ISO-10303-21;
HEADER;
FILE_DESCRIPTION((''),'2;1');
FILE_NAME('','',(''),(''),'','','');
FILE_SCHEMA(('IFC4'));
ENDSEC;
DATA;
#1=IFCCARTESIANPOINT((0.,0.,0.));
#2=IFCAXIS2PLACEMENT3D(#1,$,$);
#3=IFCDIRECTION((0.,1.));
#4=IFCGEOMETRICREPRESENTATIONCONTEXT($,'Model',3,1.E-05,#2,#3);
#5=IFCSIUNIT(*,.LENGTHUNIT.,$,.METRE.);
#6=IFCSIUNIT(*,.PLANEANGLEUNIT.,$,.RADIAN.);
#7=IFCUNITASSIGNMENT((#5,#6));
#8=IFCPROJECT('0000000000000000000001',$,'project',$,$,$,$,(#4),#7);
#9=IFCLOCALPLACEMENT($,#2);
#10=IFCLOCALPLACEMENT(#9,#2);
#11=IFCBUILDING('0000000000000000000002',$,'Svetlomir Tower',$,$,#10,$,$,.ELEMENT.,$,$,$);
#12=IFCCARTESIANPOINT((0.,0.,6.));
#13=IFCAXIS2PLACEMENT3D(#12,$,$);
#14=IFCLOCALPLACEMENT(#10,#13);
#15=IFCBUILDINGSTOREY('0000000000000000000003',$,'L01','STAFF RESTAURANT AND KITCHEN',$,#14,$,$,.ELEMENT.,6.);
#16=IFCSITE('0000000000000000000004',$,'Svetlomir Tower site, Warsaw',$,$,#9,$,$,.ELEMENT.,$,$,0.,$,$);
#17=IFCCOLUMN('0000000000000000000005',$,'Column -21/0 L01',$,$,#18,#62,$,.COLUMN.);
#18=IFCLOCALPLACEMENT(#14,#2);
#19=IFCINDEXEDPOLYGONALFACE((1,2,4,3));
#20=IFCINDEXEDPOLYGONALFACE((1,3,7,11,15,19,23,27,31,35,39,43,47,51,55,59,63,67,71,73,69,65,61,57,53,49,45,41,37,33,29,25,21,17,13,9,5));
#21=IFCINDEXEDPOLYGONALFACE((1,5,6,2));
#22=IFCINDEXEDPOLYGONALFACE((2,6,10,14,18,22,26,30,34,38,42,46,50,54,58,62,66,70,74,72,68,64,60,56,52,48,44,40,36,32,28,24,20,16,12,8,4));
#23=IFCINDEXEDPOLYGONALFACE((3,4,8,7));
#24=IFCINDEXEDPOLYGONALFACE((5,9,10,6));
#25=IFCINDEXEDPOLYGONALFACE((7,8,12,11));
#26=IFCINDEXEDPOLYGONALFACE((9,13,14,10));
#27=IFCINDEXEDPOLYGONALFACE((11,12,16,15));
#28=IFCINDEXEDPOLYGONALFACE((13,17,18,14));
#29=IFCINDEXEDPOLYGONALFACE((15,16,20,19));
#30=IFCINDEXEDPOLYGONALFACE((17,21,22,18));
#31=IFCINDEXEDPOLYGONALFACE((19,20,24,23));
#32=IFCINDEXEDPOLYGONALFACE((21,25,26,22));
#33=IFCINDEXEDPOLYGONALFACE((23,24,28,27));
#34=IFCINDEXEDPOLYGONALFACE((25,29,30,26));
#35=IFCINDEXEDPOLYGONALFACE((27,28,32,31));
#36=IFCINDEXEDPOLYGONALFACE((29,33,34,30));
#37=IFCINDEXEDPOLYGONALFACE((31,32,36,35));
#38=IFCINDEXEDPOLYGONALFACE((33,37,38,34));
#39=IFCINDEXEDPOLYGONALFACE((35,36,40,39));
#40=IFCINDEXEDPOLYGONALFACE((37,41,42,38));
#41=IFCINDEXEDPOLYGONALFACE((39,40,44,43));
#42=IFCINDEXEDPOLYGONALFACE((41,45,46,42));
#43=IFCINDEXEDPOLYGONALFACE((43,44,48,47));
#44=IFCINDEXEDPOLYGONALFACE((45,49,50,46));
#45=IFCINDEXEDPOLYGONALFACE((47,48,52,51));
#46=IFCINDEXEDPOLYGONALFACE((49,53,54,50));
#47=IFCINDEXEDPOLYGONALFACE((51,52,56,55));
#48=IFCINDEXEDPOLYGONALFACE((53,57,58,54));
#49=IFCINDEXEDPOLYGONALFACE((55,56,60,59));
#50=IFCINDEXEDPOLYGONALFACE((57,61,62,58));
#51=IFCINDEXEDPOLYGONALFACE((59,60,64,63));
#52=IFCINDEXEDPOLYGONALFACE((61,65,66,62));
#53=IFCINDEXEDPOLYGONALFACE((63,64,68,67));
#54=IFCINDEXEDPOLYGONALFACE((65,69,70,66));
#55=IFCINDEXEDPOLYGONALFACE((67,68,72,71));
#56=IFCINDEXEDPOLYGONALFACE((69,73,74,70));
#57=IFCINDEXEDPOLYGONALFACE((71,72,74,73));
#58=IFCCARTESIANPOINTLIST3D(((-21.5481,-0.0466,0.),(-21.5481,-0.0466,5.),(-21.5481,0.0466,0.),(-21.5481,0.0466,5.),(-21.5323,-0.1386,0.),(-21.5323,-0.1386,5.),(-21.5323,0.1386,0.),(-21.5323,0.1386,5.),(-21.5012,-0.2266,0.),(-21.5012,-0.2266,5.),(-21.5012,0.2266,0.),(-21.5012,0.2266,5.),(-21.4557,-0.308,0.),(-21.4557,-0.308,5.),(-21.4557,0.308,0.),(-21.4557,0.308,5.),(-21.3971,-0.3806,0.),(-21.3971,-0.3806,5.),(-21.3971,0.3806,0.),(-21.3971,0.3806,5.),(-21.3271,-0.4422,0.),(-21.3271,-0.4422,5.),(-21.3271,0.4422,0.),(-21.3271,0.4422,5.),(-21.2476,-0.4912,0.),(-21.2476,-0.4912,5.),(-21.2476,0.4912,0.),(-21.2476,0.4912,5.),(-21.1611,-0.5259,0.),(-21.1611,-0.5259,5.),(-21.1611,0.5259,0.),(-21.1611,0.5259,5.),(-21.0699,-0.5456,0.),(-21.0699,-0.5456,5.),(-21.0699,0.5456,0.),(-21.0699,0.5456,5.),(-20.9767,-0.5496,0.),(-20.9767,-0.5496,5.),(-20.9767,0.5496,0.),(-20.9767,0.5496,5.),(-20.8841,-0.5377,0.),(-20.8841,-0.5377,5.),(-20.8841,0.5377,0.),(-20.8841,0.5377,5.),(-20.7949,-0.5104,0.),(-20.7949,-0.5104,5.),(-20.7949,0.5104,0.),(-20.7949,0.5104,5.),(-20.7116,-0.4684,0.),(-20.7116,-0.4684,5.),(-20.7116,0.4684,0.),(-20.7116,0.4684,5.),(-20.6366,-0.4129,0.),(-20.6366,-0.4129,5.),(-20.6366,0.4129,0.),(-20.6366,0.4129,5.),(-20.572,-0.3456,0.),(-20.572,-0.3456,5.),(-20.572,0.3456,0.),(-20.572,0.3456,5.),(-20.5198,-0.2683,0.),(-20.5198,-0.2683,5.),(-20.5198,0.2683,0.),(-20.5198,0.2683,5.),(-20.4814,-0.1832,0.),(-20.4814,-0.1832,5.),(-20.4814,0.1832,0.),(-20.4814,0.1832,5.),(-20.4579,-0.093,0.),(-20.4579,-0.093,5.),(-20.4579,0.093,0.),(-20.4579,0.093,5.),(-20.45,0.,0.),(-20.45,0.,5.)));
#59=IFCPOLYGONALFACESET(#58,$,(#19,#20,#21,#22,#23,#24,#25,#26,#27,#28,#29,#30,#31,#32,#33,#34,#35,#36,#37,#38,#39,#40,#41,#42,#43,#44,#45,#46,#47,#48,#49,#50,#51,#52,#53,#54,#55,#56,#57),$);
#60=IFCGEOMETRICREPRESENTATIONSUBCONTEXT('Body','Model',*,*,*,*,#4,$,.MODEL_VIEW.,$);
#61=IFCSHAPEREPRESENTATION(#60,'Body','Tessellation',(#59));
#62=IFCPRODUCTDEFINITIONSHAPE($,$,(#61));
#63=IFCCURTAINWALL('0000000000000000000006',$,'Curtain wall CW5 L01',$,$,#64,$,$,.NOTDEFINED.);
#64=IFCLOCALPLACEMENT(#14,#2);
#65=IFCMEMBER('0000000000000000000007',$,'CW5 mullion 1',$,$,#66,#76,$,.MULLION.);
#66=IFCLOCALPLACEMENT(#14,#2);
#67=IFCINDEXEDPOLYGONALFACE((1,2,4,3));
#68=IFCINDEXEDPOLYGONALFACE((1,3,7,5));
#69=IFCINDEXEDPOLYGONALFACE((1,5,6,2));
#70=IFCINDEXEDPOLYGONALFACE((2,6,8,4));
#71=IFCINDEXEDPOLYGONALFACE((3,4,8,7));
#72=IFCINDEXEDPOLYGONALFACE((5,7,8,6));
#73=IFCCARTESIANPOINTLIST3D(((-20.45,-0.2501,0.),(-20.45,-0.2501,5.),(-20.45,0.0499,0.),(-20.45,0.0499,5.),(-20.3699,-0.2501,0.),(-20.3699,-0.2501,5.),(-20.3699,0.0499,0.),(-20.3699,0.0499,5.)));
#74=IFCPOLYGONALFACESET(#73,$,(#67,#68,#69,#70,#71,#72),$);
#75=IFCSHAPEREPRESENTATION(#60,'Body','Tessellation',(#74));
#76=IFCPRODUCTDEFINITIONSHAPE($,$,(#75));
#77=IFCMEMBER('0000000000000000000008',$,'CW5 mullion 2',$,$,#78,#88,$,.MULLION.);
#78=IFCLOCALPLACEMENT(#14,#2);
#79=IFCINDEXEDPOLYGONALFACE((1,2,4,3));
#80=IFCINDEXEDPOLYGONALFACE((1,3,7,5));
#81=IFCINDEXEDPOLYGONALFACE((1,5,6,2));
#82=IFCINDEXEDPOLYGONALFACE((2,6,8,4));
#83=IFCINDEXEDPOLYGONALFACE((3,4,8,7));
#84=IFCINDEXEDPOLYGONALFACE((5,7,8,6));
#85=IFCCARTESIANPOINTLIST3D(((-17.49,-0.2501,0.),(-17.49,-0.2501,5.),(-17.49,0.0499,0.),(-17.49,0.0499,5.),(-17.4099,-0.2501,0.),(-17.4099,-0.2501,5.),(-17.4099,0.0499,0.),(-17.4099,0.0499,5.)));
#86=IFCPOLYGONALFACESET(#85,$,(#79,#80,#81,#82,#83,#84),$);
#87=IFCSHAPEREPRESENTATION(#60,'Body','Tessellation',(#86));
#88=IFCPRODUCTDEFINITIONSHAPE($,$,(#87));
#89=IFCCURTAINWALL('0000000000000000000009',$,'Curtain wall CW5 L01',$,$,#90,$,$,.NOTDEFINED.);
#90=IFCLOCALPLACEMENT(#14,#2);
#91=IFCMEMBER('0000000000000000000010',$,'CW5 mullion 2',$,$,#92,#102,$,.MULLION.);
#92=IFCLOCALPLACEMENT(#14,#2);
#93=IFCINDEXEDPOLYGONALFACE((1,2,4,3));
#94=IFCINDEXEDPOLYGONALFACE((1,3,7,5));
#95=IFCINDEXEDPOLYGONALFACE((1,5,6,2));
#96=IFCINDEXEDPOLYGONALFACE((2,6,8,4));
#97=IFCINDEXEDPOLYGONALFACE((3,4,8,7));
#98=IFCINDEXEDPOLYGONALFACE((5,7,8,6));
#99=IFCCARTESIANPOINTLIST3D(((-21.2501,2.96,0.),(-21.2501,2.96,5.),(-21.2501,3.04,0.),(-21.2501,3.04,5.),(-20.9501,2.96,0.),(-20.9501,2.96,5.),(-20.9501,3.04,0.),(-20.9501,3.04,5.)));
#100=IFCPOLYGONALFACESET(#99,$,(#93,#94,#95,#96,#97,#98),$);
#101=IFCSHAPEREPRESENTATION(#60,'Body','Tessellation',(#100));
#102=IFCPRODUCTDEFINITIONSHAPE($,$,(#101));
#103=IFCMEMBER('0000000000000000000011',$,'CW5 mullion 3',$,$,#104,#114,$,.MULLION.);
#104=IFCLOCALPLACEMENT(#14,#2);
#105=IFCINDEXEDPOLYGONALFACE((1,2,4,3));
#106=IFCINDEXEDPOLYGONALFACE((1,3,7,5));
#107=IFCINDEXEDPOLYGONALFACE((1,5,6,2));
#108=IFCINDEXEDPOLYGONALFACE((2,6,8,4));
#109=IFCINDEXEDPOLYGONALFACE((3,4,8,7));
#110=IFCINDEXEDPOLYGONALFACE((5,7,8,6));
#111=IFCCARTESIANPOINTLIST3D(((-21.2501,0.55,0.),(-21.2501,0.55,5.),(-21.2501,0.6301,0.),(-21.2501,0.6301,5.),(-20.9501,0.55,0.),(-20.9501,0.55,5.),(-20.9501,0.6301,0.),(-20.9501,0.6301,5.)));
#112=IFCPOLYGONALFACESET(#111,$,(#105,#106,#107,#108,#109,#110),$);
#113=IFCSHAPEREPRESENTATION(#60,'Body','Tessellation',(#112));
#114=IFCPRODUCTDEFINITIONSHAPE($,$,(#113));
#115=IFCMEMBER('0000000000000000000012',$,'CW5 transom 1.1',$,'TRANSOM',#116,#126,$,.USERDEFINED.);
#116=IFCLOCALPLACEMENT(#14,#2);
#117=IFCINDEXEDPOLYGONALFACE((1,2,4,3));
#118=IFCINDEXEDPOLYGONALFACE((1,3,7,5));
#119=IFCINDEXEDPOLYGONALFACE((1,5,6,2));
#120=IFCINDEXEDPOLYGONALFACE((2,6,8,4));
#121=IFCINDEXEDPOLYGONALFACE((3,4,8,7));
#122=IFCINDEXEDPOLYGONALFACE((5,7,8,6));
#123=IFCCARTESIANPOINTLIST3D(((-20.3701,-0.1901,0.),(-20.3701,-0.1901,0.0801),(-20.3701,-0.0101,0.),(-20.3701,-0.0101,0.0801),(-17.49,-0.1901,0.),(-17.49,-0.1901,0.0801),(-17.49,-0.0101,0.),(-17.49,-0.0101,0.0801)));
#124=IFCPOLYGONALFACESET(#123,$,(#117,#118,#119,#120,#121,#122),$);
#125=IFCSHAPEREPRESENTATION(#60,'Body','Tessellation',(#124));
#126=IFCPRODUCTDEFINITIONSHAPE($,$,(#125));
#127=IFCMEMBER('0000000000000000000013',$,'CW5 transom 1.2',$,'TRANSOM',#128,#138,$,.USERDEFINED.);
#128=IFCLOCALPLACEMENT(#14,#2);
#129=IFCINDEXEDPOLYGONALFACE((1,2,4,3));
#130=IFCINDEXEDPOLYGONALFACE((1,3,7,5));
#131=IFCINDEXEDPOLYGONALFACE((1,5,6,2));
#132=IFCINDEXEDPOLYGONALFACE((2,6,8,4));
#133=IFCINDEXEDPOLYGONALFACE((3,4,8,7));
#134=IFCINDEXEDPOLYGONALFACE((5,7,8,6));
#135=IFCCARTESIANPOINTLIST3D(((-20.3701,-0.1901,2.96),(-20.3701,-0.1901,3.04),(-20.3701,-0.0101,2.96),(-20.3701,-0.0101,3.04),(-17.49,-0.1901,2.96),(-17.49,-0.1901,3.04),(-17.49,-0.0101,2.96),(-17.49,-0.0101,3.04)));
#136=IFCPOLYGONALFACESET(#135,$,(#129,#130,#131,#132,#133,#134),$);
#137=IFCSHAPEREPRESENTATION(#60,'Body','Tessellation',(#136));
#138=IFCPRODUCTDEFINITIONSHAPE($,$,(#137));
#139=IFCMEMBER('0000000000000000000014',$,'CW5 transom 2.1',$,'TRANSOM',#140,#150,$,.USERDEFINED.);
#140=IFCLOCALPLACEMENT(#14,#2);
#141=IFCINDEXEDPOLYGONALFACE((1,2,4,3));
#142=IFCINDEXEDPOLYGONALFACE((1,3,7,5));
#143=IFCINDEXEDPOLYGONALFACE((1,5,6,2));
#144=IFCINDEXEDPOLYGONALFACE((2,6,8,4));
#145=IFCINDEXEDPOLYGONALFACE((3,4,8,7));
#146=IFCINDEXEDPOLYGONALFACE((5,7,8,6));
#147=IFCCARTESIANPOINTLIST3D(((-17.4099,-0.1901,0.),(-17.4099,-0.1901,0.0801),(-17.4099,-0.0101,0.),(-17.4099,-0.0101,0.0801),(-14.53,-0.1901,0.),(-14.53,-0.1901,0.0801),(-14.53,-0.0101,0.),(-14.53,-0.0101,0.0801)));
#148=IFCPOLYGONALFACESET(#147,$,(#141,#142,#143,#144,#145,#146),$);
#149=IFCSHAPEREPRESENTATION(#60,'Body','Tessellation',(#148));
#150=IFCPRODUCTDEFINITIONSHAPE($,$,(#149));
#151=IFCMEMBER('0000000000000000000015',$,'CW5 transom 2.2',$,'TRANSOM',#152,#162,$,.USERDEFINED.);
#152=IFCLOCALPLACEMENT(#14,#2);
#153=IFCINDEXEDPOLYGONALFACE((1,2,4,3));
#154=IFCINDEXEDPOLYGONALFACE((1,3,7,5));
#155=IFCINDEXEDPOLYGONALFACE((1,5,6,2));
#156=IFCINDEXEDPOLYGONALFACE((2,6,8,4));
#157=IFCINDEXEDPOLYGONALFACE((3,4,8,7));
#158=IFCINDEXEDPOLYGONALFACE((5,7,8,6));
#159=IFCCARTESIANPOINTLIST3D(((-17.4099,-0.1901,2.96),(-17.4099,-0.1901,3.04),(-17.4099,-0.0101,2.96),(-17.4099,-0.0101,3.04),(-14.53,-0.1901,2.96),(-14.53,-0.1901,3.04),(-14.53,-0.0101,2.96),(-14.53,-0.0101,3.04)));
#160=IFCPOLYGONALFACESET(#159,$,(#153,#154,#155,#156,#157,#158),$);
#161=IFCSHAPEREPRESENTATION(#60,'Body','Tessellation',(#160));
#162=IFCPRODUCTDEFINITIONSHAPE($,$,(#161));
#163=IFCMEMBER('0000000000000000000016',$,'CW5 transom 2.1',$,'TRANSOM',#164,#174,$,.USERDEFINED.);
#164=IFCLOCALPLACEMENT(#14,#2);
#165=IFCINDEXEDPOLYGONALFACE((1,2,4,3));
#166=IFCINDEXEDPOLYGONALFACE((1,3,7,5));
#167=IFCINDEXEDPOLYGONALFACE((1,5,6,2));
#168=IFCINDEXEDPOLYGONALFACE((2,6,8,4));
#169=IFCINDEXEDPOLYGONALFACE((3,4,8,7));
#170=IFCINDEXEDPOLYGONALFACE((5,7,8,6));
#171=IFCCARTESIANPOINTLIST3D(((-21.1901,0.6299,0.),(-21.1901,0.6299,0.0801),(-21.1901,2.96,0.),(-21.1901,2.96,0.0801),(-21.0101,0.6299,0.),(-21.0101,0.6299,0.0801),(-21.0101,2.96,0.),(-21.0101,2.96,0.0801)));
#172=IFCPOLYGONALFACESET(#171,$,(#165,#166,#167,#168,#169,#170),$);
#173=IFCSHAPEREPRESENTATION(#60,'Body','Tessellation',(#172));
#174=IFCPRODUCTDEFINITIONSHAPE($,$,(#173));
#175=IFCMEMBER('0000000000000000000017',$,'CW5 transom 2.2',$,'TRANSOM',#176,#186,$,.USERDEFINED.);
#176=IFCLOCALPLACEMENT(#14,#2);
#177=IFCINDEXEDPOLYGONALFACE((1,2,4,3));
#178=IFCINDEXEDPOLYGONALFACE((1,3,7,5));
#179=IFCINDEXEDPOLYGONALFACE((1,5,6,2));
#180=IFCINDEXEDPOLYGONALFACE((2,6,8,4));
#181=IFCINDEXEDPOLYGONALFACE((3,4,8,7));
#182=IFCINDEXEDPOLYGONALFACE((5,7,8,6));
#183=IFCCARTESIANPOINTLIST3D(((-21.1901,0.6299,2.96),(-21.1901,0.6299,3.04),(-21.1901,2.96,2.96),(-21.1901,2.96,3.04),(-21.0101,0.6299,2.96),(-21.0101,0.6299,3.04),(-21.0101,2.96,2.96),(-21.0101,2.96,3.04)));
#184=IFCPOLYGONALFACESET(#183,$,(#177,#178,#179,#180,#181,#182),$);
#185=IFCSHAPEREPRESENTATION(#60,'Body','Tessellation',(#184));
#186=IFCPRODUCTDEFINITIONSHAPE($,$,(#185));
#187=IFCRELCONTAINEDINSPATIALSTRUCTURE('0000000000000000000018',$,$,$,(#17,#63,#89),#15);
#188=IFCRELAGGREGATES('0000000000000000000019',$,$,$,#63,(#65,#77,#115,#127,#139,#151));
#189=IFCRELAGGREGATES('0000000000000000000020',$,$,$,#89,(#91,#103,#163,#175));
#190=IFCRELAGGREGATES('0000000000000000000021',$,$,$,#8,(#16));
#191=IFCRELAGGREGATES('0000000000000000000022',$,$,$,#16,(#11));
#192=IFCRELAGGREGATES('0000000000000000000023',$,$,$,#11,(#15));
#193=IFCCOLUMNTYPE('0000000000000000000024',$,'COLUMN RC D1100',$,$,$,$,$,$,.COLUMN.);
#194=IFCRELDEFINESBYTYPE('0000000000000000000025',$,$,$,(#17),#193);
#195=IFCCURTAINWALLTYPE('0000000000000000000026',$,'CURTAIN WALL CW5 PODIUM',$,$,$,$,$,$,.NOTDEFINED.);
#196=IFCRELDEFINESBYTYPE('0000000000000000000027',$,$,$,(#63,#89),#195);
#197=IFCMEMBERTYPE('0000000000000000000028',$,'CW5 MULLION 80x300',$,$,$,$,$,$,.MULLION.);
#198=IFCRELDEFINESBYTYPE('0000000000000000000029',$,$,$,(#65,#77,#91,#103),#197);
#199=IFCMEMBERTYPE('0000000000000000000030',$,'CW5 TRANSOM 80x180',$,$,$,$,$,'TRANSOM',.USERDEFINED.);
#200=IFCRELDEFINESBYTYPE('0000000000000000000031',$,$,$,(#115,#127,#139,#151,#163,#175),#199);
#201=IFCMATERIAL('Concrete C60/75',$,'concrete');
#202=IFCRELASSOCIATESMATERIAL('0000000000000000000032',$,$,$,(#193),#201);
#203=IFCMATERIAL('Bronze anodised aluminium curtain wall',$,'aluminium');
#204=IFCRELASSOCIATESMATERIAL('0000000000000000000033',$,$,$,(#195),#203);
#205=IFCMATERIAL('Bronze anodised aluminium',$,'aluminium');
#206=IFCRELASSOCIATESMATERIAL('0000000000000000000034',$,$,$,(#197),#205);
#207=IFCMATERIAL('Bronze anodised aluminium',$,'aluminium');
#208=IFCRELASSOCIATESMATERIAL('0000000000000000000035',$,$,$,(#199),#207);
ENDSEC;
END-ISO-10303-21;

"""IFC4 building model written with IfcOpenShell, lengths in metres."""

from ifc_helpers import new_model, si_unit, direction, frame, origin, origin_2d, place, context, subcontext, project, spatial, rectangle, circle, extrude, material, material_profile, profile_set, type_object, element, aggregate, save


model = new_model("IFC4")

# Units and contexts
model_context = context("Model", 3, precision=1e-05, world=origin(), true_north=direction((0.0, 1.0)))
body_context = subcontext(model_context, "Body", "Model", "MODEL_VIEW")
ifc_project = project(units=[si_unit("LENGTHUNIT", "METRE"), si_unit("PLANEANGLEUNIT", "RADIAN")], contexts=[model_context])

# Site, building, storey
site_placement = place(None, origin())
site = spatial("IfcSite", under=ifc_project, at=site_placement, Name="Svetlomir Tower site, Warsaw", CompositionType="ELEMENT", RefElevation=0.0)
building_placement = place(site_placement, origin())
building = spatial("IfcBuilding", under=site, at=building_placement, Name="Svetlomir Tower", CompositionType="ELEMENT")
storey_placement = place(building_placement, frame((0.0, 0.0, 6.0)))
storey = spatial("IfcBuildingStorey", under=building, at=storey_placement, Name="L01", Description="STAFF RESTAURANT AND KITCHEN", CompositionType="ELEMENT", Elevation=6.0)

# Column
ifc_material_1 = material(Name="Concrete C60/75", Category="concrete")
ifc_material_profile_1 = material_profile(ifc_material_1, circle(Radius=0.55, at=origin_2d()), Name="RC D1100")
ifc_profile_set_1 = profile_set([ifc_material_profile_1], Name="Concrete C60/75")
column_type = type_object("IfcColumnType", Name="COLUMN RC D1100", PredefinedType="COLUMN", material=ifc_profile_set_1)
column_placement = place(storey_placement, frame((-21.0, 0.0, 0.0), z_axis=(0.0, 0.0, 1.0), x_axis=(1.0, 0.0, 0.0)))
element("IfcColumn", 1, at=column_placement, inside=storey, type_object=column_type, Name="Column -21/0 L01", PredefinedType="COLUMN", context=body_context, shape_type="SweptSolid", body=[
    extrude(circle(Radius=0.55, at=origin_2d()), origin(), (0.0, 0.0, 1.0), 5.0),
])

# Curtain walls, members
ifc_material_2 = material(Name="Bronze anodised aluminium curtain wall", Category="aluminium")
curtain_wall_type = type_object("IfcCurtainWallType", Name="CURTAIN WALL CW5 PODIUM", PredefinedType="NOTDEFINED", material=ifc_material_2)
curtain_wall_1_placement = place(storey_placement, origin())
curtain_wall_1 = element("IfcCurtainWall", 2, at=curtain_wall_1_placement, inside=storey, type_object=curtain_wall_type, Name="Curtain wall CW5 L01", PredefinedType="NOTDEFINED")
ifc_material_3 = material(Name="Bronze anodised aluminium", Category="aluminium")
ifc_material_profile_2 = material_profile(ifc_material_3, rectangle(XDim=0.0801, YDim=0.3, at=origin_2d()), Name="AL 80x300")
ifc_profile_set_2 = profile_set([ifc_material_profile_2], Name="Bronze anodised aluminium 6063-T6")
member_type_1 = type_object("IfcMemberType", Name="CW5 MULLION 80x300", PredefinedType="MULLION", material=ifc_profile_set_2)
member_1_placement = place(storey_placement, frame((-20.4099, -0.1001, 0.0), z_axis=(0.0, 0.0, 1.0), x_axis=(1.0, 0.0, 0.0)))
member_1 = element("IfcMember", 3, at=member_1_placement, type_object=member_type_1, Name="CW5 mullion 1", PredefinedType="MULLION", context=body_context, shape_type="SweptSolid", body=[
    extrude(rectangle(XDim=0.0801, YDim=0.3, at=origin_2d()), origin(), (0.0, 0.0, 1.0), 5.0),
])
member_2_placement = place(storey_placement, frame((-17.45, -0.1001, 0.0), z_axis=(0.0, 0.0, 1.0), x_axis=(1.0, 0.0, 0.0)))
member_2 = element("IfcMember", 4, at=member_2_placement, type_object=member_type_1, Name="CW5 mullion 2", PredefinedType="MULLION", context=body_context, shape_type="SweptSolid", body=[
    extrude(rectangle(XDim=0.0801, YDim=0.3, at=origin_2d()), origin(), (0.0, 0.0, 1.0), 5.0),
])
curtain_wall_2_placement = place(storey_placement, origin())
curtain_wall_2 = element("IfcCurtainWall", 5, at=curtain_wall_2_placement, inside=storey, type_object=curtain_wall_type, Name="Curtain wall CW5 L01", PredefinedType="NOTDEFINED")
member_3_placement = place(storey_placement, frame((-21.1001, 3.0, 0.0), z_axis=(0.0, 0.0, 1.0), x_axis=(0.0, -1.0, 0.0)))
member_3 = element("IfcMember", 6, at=member_3_placement, type_object=member_type_1, Name="CW5 mullion 2", PredefinedType="MULLION", context=body_context, shape_type="SweptSolid", body=[
    extrude(rectangle(XDim=0.0801, YDim=0.3, at=origin_2d()), origin(), (0.0, 0.0, 1.0), 5.0),
])
member_4_placement = place(storey_placement, frame((-21.1001, 0.5901, 0.0), z_axis=(0.0, 0.0, 1.0), x_axis=(0.0, -1.0, 0.0)))
member_4 = element("IfcMember", 7, at=member_4_placement, type_object=member_type_1, Name="CW5 mullion 3", PredefinedType="MULLION", context=body_context, shape_type="SweptSolid", body=[
    extrude(rectangle(XDim=0.0801, YDim=0.3, at=origin_2d()), origin(), (0.0, 0.0, 1.0), 5.0),
])

# Members
ifc_material_4 = material(Name="Bronze anodised aluminium", Category="aluminium")
ifc_material_profile_3 = material_profile(ifc_material_4, rectangle(XDim=0.1799, YDim=0.0801, at=origin_2d()), Name="AL 180x80")
ifc_profile_set_3 = profile_set([ifc_material_profile_3], Name="Bronze anodised aluminium 6063-T6")
member_type_2 = type_object("IfcMemberType", Name="CW5 TRANSOM 80x180", ElementType="TRANSOM", PredefinedType="USERDEFINED", material=ifc_profile_set_3)
member_5_placement = place(storey_placement, frame((-20.3701, -0.1001, 0.04), z_axis=(1.0, 0.0, 0.0), x_axis=(0.0, 1.0, 0.0)))
member_5 = element("IfcMember", 8, at=member_5_placement, type_object=member_type_2, Name="CW5 transom 1.1", ObjectType="TRANSOM", PredefinedType="USERDEFINED", context=body_context, shape_type="SweptSolid", body=[
    extrude(rectangle(XDim=0.1799, YDim=0.0801, at=origin_2d()), origin(), (0.0, 0.0, 1.0), 2.8801),
])
member_6_placement = place(storey_placement, frame((-20.3701, -0.1001, 3.0), z_axis=(1.0, 0.0, 0.0), x_axis=(0.0, 1.0, 0.0)))
member_6 = element("IfcMember", 9, at=member_6_placement, type_object=member_type_2, Name="CW5 transom 1.2", ObjectType="TRANSOM", PredefinedType="USERDEFINED", context=body_context, shape_type="SweptSolid", body=[
    extrude(rectangle(XDim=0.1799, YDim=0.0801, at=origin_2d()), origin(), (0.0, 0.0, 1.0), 2.8801),
])
member_7_placement = place(storey_placement, frame((-17.4099, -0.1001, 0.04), z_axis=(1.0, 0.0, 0.0), x_axis=(0.0, 1.0, 0.0)))
member_7 = element("IfcMember", 10, at=member_7_placement, type_object=member_type_2, Name="CW5 transom 2.1", ObjectType="TRANSOM", PredefinedType="USERDEFINED", context=body_context, shape_type="SweptSolid", body=[
    extrude(rectangle(XDim=0.1799, YDim=0.0801, at=origin_2d()), origin(), (0.0, 0.0, 1.0), 2.8799),
])
member_8_placement = place(storey_placement, frame((-17.4099, -0.1001, 3.0), z_axis=(1.0, 0.0, 0.0), x_axis=(0.0, 1.0, 0.0)))
member_8 = element("IfcMember", 11, at=member_8_placement, type_object=member_type_2, Name="CW5 transom 2.2", ObjectType="TRANSOM", PredefinedType="USERDEFINED", context=body_context, shape_type="SweptSolid", body=[
    extrude(rectangle(XDim=0.1799, YDim=0.0801, at=origin_2d()), origin(), (0.0, 0.0, 1.0), 2.8799),
])
member_9_placement = place(storey_placement, frame((-21.1001, 2.96, 0.04), z_axis=(0.0, -1.0, 0.0), x_axis=(1.0, 0.0, 0.0)))
member_9 = element("IfcMember", 12, at=member_9_placement, type_object=member_type_2, Name="CW5 transom 2.1", ObjectType="TRANSOM", PredefinedType="USERDEFINED", context=body_context, shape_type="SweptSolid", body=[
    extrude(rectangle(XDim=0.1799, YDim=0.0801, at=origin_2d()), origin(), (0.0, 0.0, 1.0), 2.3301),
])
member_10_placement = place(storey_placement, frame((-21.1001, 2.96, 3.0), z_axis=(0.0, -1.0, 0.0), x_axis=(1.0, 0.0, 0.0)))
member_10 = element("IfcMember", 13, at=member_10_placement, type_object=member_type_2, Name="CW5 transom 2.2", ObjectType="TRANSOM", PredefinedType="USERDEFINED", context=body_context, shape_type="SweptSolid", body=[
    extrude(rectangle(XDim=0.1799, YDim=0.0801, at=origin_2d()), origin(), (0.0, 0.0, 1.0), 2.3301),
])

aggregate(curtain_wall_1, [member_1, member_2, member_5, member_6, member_7, member_8])
aggregate(curtain_wall_2, [member_3, member_4, member_9, member_10])

save(model, "model.ifc")
